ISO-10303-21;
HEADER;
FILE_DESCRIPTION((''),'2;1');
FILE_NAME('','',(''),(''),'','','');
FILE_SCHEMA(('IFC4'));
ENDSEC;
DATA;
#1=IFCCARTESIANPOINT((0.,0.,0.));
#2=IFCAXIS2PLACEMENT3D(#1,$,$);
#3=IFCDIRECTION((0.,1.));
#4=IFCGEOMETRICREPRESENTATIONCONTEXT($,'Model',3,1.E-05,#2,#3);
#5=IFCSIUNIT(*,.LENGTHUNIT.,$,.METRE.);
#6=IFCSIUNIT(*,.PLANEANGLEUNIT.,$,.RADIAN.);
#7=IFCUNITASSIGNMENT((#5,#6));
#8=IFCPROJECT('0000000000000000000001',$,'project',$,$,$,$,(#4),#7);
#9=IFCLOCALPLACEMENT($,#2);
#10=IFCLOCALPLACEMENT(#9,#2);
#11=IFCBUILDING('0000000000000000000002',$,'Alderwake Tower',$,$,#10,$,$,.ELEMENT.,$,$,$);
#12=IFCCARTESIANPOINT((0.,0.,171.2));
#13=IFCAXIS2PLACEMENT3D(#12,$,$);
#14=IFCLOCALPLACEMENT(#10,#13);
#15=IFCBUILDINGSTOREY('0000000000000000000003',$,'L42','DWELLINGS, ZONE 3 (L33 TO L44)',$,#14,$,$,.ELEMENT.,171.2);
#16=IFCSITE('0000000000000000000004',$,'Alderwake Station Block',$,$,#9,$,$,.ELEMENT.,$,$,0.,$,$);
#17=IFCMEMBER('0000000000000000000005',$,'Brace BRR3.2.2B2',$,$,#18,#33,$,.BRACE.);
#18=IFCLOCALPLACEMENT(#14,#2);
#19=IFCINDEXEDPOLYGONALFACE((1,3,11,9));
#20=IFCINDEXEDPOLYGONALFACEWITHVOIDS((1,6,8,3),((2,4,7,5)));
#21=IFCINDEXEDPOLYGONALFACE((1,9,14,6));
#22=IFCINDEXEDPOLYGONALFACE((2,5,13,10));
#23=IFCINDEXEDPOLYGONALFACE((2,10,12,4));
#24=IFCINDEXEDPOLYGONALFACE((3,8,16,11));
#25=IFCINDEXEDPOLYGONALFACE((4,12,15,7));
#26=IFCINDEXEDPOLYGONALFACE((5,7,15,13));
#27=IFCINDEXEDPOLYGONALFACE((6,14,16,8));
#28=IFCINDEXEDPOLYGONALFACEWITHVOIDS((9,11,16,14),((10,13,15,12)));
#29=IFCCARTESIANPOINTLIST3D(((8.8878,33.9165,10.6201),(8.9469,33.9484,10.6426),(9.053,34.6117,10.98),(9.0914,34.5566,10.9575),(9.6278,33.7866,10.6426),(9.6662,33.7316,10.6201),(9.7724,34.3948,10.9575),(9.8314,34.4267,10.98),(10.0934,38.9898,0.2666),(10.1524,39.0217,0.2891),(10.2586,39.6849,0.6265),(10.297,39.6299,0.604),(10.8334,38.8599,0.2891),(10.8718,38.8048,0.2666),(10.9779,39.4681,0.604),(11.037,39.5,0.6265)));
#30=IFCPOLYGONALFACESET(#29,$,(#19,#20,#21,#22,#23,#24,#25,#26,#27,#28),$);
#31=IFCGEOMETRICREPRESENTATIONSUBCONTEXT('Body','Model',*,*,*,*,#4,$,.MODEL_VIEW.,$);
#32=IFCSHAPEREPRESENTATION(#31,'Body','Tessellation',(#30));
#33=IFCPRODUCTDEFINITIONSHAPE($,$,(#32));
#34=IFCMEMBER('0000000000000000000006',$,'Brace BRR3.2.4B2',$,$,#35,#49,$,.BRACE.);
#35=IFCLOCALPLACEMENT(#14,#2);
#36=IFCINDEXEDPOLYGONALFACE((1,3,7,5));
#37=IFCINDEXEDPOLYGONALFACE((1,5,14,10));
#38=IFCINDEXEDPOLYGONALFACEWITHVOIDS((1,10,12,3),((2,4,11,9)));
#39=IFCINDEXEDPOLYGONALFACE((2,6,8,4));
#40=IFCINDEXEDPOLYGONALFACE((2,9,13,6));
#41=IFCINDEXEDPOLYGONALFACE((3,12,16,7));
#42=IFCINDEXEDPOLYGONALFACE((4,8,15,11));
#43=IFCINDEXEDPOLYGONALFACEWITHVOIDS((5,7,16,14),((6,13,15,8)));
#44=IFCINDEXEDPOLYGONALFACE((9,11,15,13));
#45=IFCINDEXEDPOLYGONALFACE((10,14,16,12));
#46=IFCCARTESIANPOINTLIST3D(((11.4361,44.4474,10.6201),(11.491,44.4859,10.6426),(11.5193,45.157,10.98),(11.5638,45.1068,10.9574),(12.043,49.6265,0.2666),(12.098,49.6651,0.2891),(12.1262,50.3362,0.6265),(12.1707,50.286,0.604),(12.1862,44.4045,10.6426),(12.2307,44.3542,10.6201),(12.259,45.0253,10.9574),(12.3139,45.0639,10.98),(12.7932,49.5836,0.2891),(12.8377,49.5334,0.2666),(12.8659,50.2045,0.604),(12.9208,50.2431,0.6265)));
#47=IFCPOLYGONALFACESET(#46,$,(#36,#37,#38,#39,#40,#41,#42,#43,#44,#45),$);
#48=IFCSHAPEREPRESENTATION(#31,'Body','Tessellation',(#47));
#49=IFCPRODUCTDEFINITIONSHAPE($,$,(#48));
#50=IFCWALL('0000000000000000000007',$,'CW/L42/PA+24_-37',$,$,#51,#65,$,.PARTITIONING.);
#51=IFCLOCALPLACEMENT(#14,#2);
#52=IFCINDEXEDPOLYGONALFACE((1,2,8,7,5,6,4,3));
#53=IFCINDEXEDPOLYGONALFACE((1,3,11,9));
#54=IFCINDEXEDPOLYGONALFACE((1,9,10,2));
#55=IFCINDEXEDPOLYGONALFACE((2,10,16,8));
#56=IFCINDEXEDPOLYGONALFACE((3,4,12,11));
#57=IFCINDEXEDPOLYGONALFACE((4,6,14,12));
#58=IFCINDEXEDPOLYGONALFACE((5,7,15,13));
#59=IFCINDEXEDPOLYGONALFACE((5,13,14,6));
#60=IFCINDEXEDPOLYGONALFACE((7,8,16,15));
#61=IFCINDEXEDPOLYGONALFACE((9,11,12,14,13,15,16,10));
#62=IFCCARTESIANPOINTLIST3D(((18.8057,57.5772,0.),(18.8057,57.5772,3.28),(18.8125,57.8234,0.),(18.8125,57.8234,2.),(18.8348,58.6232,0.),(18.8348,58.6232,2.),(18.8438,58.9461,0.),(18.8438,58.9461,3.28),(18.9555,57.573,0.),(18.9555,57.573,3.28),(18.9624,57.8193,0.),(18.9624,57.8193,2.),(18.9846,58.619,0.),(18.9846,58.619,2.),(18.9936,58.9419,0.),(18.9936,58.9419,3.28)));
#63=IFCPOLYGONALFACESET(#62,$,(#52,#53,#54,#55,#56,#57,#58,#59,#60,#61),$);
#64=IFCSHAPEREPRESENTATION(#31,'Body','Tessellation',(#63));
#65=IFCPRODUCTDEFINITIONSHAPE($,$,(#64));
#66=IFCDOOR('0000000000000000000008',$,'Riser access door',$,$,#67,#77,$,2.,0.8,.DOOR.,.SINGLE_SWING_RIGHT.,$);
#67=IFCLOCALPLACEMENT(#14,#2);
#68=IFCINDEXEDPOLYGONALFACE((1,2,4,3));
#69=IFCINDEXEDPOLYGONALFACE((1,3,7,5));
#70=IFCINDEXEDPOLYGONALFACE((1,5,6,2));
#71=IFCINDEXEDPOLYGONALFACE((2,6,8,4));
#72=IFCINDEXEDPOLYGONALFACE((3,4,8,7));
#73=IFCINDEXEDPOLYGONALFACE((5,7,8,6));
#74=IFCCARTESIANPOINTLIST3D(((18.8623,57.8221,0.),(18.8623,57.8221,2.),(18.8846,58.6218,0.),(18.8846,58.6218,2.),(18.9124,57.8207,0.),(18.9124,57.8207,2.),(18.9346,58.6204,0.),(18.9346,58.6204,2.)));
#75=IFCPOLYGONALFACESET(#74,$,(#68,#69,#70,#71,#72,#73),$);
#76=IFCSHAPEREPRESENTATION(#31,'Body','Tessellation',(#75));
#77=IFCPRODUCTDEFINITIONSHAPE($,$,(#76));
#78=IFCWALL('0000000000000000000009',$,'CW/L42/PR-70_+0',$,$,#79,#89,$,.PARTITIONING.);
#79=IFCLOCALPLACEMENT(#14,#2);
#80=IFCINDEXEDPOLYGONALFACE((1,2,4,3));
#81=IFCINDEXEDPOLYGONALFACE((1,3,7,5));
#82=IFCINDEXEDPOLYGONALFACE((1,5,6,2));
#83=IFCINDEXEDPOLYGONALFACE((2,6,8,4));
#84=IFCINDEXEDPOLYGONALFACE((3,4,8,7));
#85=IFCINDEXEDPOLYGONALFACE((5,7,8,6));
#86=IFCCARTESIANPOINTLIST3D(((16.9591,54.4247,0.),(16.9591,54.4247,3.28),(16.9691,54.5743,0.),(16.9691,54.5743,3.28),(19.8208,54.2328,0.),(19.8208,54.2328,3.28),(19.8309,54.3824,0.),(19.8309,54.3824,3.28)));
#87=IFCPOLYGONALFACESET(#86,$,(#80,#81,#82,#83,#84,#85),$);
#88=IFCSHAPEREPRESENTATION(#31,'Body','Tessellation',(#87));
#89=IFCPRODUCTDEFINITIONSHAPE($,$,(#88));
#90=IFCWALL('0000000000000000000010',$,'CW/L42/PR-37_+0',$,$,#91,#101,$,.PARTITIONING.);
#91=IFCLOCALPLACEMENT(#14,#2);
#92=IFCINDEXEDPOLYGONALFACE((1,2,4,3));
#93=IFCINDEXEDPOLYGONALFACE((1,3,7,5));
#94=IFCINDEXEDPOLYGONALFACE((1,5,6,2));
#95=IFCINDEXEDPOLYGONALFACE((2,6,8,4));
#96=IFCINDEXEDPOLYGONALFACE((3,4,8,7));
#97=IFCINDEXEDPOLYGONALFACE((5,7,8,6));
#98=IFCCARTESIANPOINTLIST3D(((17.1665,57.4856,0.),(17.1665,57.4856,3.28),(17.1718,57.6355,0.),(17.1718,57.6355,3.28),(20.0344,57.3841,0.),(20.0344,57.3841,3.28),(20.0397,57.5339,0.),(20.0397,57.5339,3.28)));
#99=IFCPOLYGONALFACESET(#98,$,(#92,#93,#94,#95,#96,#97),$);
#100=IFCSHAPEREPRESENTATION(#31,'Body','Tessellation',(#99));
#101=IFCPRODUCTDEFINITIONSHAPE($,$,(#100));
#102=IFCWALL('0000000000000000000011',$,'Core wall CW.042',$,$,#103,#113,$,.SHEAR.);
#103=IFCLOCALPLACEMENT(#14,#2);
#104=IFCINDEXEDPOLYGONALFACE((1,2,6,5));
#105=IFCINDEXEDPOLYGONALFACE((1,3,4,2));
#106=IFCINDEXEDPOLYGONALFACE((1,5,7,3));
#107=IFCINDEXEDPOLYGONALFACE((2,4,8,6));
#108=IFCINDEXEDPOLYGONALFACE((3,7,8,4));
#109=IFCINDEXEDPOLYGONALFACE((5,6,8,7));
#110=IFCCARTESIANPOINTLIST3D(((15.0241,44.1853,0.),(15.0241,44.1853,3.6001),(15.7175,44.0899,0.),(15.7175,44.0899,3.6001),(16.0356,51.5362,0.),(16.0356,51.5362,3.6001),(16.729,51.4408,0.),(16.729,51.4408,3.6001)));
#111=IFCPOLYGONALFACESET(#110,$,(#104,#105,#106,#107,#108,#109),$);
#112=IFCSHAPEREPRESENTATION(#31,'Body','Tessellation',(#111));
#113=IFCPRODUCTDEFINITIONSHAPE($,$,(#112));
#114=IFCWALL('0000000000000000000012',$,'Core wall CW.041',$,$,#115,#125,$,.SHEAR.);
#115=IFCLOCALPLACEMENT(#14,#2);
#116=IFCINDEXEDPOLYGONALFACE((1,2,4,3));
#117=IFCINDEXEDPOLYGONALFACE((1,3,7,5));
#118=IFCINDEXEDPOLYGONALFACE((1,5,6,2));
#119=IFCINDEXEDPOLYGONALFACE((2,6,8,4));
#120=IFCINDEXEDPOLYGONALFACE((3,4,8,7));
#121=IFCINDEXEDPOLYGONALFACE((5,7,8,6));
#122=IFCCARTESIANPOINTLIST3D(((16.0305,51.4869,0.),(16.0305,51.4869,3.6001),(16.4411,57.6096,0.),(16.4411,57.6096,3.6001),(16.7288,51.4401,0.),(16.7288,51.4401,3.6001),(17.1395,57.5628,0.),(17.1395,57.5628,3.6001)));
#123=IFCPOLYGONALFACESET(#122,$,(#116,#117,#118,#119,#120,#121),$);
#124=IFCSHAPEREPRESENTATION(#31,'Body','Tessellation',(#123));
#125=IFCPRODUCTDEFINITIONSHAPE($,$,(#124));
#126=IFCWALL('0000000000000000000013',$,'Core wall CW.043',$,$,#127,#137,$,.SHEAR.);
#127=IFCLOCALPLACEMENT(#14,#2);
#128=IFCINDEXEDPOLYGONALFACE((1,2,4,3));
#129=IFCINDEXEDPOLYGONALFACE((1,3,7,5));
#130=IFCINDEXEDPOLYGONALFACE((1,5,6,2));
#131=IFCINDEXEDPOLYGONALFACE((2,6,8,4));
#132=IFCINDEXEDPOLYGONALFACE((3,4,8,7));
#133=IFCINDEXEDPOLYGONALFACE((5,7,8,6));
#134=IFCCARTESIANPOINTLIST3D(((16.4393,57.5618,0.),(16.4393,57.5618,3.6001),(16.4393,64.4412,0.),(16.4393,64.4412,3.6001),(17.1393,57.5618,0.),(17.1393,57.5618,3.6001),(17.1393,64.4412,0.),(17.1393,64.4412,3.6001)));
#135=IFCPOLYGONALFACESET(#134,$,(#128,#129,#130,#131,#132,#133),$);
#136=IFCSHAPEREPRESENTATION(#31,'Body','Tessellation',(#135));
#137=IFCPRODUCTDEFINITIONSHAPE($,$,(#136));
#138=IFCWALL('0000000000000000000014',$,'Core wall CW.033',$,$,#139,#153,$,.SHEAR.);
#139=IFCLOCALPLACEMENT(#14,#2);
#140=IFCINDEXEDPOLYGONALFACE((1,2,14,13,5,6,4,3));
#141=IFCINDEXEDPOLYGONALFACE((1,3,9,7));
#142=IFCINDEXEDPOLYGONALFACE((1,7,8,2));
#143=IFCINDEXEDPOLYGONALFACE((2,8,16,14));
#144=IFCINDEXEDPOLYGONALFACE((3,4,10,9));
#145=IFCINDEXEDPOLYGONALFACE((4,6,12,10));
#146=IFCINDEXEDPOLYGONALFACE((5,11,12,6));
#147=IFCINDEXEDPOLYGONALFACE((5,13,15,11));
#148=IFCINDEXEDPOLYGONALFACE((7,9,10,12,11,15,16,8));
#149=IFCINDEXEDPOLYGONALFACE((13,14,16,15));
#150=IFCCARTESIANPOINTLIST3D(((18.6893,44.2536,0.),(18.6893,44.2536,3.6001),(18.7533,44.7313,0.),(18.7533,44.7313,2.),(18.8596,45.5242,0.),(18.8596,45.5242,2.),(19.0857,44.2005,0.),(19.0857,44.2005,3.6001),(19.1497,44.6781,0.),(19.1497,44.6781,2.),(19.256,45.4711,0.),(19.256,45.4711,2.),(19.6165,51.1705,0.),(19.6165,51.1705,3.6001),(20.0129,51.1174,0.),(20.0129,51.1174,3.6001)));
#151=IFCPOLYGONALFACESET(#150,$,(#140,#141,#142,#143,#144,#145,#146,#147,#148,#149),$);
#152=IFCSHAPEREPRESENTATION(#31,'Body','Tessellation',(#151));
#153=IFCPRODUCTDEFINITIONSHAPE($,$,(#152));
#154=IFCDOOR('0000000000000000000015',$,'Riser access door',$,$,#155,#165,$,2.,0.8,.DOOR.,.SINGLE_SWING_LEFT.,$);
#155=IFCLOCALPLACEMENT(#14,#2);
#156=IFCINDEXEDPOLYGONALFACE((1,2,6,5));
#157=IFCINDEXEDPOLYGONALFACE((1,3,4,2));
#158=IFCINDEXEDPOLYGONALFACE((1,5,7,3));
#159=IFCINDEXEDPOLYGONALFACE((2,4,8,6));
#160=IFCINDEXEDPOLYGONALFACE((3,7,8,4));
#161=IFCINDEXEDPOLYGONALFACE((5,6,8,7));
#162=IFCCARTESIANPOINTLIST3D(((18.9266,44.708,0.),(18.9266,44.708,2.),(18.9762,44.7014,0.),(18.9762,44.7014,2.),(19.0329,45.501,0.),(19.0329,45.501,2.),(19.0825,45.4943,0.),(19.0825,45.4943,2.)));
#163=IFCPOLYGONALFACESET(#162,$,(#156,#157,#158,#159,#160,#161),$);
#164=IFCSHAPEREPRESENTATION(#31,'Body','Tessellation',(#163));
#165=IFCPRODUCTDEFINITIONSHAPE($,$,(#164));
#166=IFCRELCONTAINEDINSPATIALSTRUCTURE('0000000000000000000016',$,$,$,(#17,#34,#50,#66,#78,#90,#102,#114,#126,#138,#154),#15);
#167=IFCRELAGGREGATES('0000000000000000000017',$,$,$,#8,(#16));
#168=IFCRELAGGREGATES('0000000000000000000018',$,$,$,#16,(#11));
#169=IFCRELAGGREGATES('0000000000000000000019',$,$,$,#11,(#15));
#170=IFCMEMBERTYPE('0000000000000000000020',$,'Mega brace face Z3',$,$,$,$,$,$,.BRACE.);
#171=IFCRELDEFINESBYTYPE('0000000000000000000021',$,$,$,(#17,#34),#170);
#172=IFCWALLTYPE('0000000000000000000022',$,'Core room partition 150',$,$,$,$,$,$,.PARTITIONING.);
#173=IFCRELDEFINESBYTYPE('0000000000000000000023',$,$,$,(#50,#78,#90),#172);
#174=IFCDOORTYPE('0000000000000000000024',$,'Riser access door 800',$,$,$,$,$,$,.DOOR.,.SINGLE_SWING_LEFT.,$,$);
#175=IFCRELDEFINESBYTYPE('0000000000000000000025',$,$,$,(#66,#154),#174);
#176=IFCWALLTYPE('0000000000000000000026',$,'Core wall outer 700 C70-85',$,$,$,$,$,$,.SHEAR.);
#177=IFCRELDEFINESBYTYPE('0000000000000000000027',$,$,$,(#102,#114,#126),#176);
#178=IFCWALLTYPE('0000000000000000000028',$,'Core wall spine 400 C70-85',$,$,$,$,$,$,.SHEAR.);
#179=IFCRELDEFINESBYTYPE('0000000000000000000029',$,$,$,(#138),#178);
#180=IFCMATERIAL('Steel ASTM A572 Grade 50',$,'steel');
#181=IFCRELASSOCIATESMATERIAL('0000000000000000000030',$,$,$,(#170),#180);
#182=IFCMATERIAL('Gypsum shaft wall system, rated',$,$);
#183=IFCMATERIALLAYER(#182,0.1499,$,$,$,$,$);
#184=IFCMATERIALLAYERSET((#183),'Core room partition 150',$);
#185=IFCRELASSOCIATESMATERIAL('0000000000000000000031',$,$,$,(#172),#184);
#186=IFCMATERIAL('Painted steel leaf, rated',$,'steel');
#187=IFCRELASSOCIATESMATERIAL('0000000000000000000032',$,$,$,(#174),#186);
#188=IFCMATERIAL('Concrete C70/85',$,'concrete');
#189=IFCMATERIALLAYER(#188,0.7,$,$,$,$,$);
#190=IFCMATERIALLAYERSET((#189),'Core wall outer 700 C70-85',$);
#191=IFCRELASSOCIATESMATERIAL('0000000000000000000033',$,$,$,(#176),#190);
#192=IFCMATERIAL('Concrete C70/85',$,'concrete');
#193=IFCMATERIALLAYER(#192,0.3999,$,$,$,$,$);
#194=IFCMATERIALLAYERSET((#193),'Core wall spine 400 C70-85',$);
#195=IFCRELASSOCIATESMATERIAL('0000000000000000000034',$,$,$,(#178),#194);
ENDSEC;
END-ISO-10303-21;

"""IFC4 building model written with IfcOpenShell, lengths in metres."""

from ifc_helpers import new_model, si_unit, direction, frame, frame_2d, origin, origin_2d, place, context, subcontext, project, spatial, rectangle, hollow_rectangle, extrude, material, layer, layer_set, material_profile, profile_set, type_object, element, fill, save


model = new_model("IFC4")

# Units and contexts
model_context = context("Model", 3, precision=1e-05, world=origin(), true_north=direction((0.0, 1.0)))
body_context = subcontext(model_context, "Body", "Model", "MODEL_VIEW")
ifc_project = project(units=[si_unit("LENGTHUNIT", "METRE"), si_unit("PLANEANGLEUNIT", "RADIAN")], contexts=[model_context])

# Site, building, storey
site_placement = place(None, origin())
site = spatial("IfcSite", under=ifc_project, at=site_placement, Name="Alderwake Station Block", CompositionType="ELEMENT", RefElevation=0.0)
building_placement = place(site_placement, origin())
building = spatial("IfcBuilding", under=site, at=building_placement, Name="Alderwake Tower", CompositionType="ELEMENT")
storey_placement = place(building_placement, frame((0.0, 0.0, 171.2)))
storey = spatial("IfcBuildingStorey", under=building, at=storey_placement, Name="L42", Description="DWELLINGS, ZONE 3 (L33 TO L44)", CompositionType="ELEMENT", Elevation=171.2)

# Members
ifc_material_1 = material(Name="Steel ASTM A572 Grade 50", Category="steel")
ifc_material_profile_1 = material_profile(ifc_material_1, hollow_rectangle(XDim=0.8, YDim=0.8, WallThickness=0.05, at=origin_2d()), Name="BOX 800X800X50")
ifc_profile_set_1 = profile_set([ifc_material_profile_1], Name="Steel ASTM A572 Grade 50")
member_type = type_object("IfcMemberType", Name="Mega brace face Z3", PredefinedType="BRACE", material=ifc_profile_set_1)
for number, where, z_axis, x_axis, name in (
    (1, (10.5652, 39.2449, 0.4465), (-0.103995, -0.437631, 0.893121), (0.972908, -0.231194, 0.0), "Brace BRR3.2.2B2"),
    (2, (12.4819, 49.9348, 0.4465), (-0.052355, -0.446769, 0.893116), (0.993204, -0.11639, 0.0), "Brace BRR3.2.4B2"),
):
    element("IfcMember", number, at=place(storey_placement, frame(where, z_axis=z_axis, x_axis=x_axis)), inside=storey, type_object=member_type, Name=name, PredefinedType="BRACE", context=body_context, shape_type="SweptSolid", body=[
        extrude(hollow_rectangle(XDim=0.8, YDim=0.8, WallThickness=0.05, at=origin_2d()), origin(), (0.0, 0.0, 1.0), 11.5925),
    ])

# Wall, opening, door
ifc_material_2 = material(Name="Gypsum shaft wall system, rated")
ifc_layer_1 = layer(ifc_material_2, 0.1499)
ifc_layer_set_1 = layer_set([ifc_layer_1], Name="Core room partition 150")
wall_type_1 = type_object("IfcWallType", Name="Core room partition 150", PredefinedType="PARTITIONING", material=ifc_layer_set_1)
wall_1_placement = place(storey_placement, frame((18.9187, 58.9438, 0.0), z_axis=(0.0, 0.0, 1.0), x_axis=(-0.027812, -0.999613, 0.0)))
wall_1 = element("IfcWall", 3, at=wall_1_placement, inside=storey, type_object=wall_type_1, Name="CW/L42/PA+24_-37", PredefinedType="PARTITIONING", context=body_context, shape_type="SweptSolid", body=[
    extrude(rectangle(XDim=1.3694, YDim=0.1499, at=frame_2d((0.6846, 0.0))), origin(), (0.0, 0.0, 1.0), 3.28),
])
opening_1_placement = place(wall_1_placement, frame((0.323, 0.0, 0.0)))
opening_1 = element("IfcOpeningElement", 4, at=opening_1_placement, cuts=wall_1, PredefinedType="OPENING", context=body_context, shape_type="SweptSolid", body=[
    extrude(rectangle(XDim=0.8, YDim=2.0, at=frame_2d((0.3999, 1.0))), frame((0.0, 0.085, 0.0), z_axis=(0.0, -1.0, 0.0), x_axis=(1.0, 0.0, 0.0)), (0.0, 0.0, 1.0), 0.1699),
])
ifc_material_3 = material(Name="Painted steel leaf, rated", Category="steel")
door_type_1 = type_object("IfcDoorType", Name="Riser access door 800", OperationType="SINGLE_SWING_LEFT", PredefinedType="DOOR", material=ifc_material_3)
door_1_placement = place(opening_1_placement, origin())
door_1 = element("IfcDoor", 5, at=door_1_placement, inside=storey, type_object=door_type_1, Name="Riser access door", OperationType="SINGLE_SWING_RIGHT", OverallHeight=2.0, OverallWidth=0.8, PredefinedType="DOOR", context=body_context, shape_type="SweptSolid", body=[
    extrude(rectangle(XDim=0.8, YDim=2.0, at=frame_2d((0.3999, 1.0))), frame((0.0, 0.0249, 0.0), z_axis=(0.0, -1.0, 0.0), x_axis=(1.0, 0.0, 0.0)), (0.0, 0.0, 1.0), 0.05),
])
fill(opening_1, door_1)

# Walls
wall_2_placement = place(storey_placement, frame((16.9641, 54.4995, 0.0), z_axis=(0.0, 0.0, 1.0), x_axis=(0.997759, -0.066903, 0.0)))
element("IfcWall", 6, at=wall_2_placement, inside=storey, type_object=wall_type_1, Name="CW/L42/PR-70_+0", PredefinedType="PARTITIONING", context=body_context, shape_type="SweptSolid", body=[
    extrude(rectangle(XDim=2.8682, YDim=0.1499, at=frame_2d((1.4341, 0.0))), origin(), (0.0, 0.0, 1.0), 3.28),
])
wall_3_placement = place(storey_placement, frame((17.1692, 57.5605, 0.0), z_axis=(0.0, 0.0, 1.0), x_axis=(0.999374, -0.035391, 0.0)))
element("IfcWall", 7, at=wall_3_placement, inside=storey, type_object=wall_type_1, Name="CW/L42/PR-37_+0", PredefinedType="PARTITIONING", context=body_context, shape_type="SweptSolid", body=[
    extrude(rectangle(XDim=2.8696, YDim=0.1499, at=frame_2d((1.4348, 0.0))), origin(), (0.0, 0.0, 1.0), 3.28),
])
ifc_material_4 = material(Name="Concrete C70/85", Category="concrete")
ifc_layer_2 = layer(ifc_material_4, 0.7)
ifc_layer_set_2 = layer_set([ifc_layer_2], Name="Core wall outer 700 C70-85")
wall_type_2 = type_object("IfcWallType", Name="Core wall outer 700 C70-85", PredefinedType="SHEAR", material=ifc_layer_set_2)
wall_4_placement = place(storey_placement, frame((15.3708, 44.1377, 0.0), z_axis=(0.0, 0.0, 1.0), x_axis=(0.136316, 0.990665, 0.0)))
element("IfcWall", 8, at=wall_4_placement, inside=storey, type_object=wall_type_2, Name="Core wall CW.042", PredefinedType="SHEAR", context=body_context, shape_type="SweptSolid", body=[
    extrude(rectangle(XDim=7.4202, YDim=0.7, at=frame_2d((3.71, 0.0))), origin(), (0.0, 0.0, 1.0), 3.6001),
])
wall_5_placement = place(storey_placement, frame((16.3796, 51.4634, 0.0), z_axis=(0.0, 0.0, 1.0), x_axis=(0.066918, 0.997758, 0.0)))
element("IfcWall", 9, at=wall_5_placement, inside=storey, type_object=wall_type_2, Name="Core wall CW.041", PredefinedType="SHEAR", context=body_context, shape_type="SweptSolid", body=[
    extrude(rectangle(XDim=6.1365, YDim=0.7, at=frame_2d((3.0684, 0.0))), origin(), (0.0, 0.0, 1.0), 3.6001),
])
wall_6_placement = place(storey_placement, frame((16.7893, 57.5618, 0.0), z_axis=(0.0, 0.0, 1.0), x_axis=(0.0, 1.0, 0.0)))
element("IfcWall", 10, at=wall_6_placement, inside=storey, type_object=wall_type_2, Name="Core wall CW.043", PredefinedType="SHEAR", context=body_context, shape_type="SweptSolid", body=[
    extrude(rectangle(XDim=6.8794, YDim=0.7, at=frame_2d((3.4397, 0.0))), origin(), (0.0, 0.0, 1.0), 3.6001),
])

# Wall, opening, door
ifc_material_5 = material(Name="Concrete C70/85", Category="concrete")
ifc_layer_3 = layer(ifc_material_5, 0.3999)
ifc_layer_set_3 = layer_set([ifc_layer_3], Name="Core wall spine 400 C70-85")
wall_type_3 = type_object("IfcWallType", Name="Core wall spine 400 C70-85", PredefinedType="SHEAR", material=ifc_layer_set_3)
wall_7_placement = place(storey_placement, frame((19.8147, 51.1438, 0.0), z_axis=(0.0, 0.0, 1.0), x_axis=(-0.132865, -0.991134, 0.0)))
wall_7 = element("IfcWall", 11, at=wall_7_placement, inside=storey, type_object=wall_type_3, Name="Core wall CW.033", PredefinedType="SHEAR", context=body_context, shape_type="SweptSolid", body=[
    extrude(rectangle(XDim=6.9788, YDim=0.3999, at=frame_2d((3.4893, 0.0))), origin(), (0.0, 0.0, 1.0), 3.6001),
])
opening_2_placement = place(wall_7_placement, frame((5.6968, 0.0, 0.0)))
opening_2 = element("IfcOpeningElement", 12, at=opening_2_placement, cuts=wall_7, PredefinedType="OPENING", context=body_context, shape_type="SweptSolid", body=[
    extrude(rectangle(XDim=0.8, YDim=2.0, at=frame_2d((0.3999, 1.0))), frame((0.0, 0.21, 0.0), z_axis=(0.0, -1.0, 0.0), x_axis=(1.0, 0.0, 0.0)), (0.0, 0.0, 1.0), 0.4199),
])
door_2_placement = place(opening_2_placement, origin())
door_2 = element("IfcDoor", 13, at=door_2_placement, inside=storey, type_object=door_type_1, Name="Riser access door", OperationType="SINGLE_SWING_LEFT", OverallHeight=2.0, OverallWidth=0.8, PredefinedType="DOOR", context=body_context, shape_type="SweptSolid", body=[
    extrude(rectangle(XDim=0.8, YDim=2.0, at=frame_2d((0.3999, 1.0))), frame((0.0, 0.0249, 0.0), z_axis=(0.0, -1.0, 0.0), x_axis=(1.0, 0.0, 0.0)), (0.0, 0.0, 1.0), 0.05),
])
fill(opening_2, door_2)

save(model, "model.ifc")
